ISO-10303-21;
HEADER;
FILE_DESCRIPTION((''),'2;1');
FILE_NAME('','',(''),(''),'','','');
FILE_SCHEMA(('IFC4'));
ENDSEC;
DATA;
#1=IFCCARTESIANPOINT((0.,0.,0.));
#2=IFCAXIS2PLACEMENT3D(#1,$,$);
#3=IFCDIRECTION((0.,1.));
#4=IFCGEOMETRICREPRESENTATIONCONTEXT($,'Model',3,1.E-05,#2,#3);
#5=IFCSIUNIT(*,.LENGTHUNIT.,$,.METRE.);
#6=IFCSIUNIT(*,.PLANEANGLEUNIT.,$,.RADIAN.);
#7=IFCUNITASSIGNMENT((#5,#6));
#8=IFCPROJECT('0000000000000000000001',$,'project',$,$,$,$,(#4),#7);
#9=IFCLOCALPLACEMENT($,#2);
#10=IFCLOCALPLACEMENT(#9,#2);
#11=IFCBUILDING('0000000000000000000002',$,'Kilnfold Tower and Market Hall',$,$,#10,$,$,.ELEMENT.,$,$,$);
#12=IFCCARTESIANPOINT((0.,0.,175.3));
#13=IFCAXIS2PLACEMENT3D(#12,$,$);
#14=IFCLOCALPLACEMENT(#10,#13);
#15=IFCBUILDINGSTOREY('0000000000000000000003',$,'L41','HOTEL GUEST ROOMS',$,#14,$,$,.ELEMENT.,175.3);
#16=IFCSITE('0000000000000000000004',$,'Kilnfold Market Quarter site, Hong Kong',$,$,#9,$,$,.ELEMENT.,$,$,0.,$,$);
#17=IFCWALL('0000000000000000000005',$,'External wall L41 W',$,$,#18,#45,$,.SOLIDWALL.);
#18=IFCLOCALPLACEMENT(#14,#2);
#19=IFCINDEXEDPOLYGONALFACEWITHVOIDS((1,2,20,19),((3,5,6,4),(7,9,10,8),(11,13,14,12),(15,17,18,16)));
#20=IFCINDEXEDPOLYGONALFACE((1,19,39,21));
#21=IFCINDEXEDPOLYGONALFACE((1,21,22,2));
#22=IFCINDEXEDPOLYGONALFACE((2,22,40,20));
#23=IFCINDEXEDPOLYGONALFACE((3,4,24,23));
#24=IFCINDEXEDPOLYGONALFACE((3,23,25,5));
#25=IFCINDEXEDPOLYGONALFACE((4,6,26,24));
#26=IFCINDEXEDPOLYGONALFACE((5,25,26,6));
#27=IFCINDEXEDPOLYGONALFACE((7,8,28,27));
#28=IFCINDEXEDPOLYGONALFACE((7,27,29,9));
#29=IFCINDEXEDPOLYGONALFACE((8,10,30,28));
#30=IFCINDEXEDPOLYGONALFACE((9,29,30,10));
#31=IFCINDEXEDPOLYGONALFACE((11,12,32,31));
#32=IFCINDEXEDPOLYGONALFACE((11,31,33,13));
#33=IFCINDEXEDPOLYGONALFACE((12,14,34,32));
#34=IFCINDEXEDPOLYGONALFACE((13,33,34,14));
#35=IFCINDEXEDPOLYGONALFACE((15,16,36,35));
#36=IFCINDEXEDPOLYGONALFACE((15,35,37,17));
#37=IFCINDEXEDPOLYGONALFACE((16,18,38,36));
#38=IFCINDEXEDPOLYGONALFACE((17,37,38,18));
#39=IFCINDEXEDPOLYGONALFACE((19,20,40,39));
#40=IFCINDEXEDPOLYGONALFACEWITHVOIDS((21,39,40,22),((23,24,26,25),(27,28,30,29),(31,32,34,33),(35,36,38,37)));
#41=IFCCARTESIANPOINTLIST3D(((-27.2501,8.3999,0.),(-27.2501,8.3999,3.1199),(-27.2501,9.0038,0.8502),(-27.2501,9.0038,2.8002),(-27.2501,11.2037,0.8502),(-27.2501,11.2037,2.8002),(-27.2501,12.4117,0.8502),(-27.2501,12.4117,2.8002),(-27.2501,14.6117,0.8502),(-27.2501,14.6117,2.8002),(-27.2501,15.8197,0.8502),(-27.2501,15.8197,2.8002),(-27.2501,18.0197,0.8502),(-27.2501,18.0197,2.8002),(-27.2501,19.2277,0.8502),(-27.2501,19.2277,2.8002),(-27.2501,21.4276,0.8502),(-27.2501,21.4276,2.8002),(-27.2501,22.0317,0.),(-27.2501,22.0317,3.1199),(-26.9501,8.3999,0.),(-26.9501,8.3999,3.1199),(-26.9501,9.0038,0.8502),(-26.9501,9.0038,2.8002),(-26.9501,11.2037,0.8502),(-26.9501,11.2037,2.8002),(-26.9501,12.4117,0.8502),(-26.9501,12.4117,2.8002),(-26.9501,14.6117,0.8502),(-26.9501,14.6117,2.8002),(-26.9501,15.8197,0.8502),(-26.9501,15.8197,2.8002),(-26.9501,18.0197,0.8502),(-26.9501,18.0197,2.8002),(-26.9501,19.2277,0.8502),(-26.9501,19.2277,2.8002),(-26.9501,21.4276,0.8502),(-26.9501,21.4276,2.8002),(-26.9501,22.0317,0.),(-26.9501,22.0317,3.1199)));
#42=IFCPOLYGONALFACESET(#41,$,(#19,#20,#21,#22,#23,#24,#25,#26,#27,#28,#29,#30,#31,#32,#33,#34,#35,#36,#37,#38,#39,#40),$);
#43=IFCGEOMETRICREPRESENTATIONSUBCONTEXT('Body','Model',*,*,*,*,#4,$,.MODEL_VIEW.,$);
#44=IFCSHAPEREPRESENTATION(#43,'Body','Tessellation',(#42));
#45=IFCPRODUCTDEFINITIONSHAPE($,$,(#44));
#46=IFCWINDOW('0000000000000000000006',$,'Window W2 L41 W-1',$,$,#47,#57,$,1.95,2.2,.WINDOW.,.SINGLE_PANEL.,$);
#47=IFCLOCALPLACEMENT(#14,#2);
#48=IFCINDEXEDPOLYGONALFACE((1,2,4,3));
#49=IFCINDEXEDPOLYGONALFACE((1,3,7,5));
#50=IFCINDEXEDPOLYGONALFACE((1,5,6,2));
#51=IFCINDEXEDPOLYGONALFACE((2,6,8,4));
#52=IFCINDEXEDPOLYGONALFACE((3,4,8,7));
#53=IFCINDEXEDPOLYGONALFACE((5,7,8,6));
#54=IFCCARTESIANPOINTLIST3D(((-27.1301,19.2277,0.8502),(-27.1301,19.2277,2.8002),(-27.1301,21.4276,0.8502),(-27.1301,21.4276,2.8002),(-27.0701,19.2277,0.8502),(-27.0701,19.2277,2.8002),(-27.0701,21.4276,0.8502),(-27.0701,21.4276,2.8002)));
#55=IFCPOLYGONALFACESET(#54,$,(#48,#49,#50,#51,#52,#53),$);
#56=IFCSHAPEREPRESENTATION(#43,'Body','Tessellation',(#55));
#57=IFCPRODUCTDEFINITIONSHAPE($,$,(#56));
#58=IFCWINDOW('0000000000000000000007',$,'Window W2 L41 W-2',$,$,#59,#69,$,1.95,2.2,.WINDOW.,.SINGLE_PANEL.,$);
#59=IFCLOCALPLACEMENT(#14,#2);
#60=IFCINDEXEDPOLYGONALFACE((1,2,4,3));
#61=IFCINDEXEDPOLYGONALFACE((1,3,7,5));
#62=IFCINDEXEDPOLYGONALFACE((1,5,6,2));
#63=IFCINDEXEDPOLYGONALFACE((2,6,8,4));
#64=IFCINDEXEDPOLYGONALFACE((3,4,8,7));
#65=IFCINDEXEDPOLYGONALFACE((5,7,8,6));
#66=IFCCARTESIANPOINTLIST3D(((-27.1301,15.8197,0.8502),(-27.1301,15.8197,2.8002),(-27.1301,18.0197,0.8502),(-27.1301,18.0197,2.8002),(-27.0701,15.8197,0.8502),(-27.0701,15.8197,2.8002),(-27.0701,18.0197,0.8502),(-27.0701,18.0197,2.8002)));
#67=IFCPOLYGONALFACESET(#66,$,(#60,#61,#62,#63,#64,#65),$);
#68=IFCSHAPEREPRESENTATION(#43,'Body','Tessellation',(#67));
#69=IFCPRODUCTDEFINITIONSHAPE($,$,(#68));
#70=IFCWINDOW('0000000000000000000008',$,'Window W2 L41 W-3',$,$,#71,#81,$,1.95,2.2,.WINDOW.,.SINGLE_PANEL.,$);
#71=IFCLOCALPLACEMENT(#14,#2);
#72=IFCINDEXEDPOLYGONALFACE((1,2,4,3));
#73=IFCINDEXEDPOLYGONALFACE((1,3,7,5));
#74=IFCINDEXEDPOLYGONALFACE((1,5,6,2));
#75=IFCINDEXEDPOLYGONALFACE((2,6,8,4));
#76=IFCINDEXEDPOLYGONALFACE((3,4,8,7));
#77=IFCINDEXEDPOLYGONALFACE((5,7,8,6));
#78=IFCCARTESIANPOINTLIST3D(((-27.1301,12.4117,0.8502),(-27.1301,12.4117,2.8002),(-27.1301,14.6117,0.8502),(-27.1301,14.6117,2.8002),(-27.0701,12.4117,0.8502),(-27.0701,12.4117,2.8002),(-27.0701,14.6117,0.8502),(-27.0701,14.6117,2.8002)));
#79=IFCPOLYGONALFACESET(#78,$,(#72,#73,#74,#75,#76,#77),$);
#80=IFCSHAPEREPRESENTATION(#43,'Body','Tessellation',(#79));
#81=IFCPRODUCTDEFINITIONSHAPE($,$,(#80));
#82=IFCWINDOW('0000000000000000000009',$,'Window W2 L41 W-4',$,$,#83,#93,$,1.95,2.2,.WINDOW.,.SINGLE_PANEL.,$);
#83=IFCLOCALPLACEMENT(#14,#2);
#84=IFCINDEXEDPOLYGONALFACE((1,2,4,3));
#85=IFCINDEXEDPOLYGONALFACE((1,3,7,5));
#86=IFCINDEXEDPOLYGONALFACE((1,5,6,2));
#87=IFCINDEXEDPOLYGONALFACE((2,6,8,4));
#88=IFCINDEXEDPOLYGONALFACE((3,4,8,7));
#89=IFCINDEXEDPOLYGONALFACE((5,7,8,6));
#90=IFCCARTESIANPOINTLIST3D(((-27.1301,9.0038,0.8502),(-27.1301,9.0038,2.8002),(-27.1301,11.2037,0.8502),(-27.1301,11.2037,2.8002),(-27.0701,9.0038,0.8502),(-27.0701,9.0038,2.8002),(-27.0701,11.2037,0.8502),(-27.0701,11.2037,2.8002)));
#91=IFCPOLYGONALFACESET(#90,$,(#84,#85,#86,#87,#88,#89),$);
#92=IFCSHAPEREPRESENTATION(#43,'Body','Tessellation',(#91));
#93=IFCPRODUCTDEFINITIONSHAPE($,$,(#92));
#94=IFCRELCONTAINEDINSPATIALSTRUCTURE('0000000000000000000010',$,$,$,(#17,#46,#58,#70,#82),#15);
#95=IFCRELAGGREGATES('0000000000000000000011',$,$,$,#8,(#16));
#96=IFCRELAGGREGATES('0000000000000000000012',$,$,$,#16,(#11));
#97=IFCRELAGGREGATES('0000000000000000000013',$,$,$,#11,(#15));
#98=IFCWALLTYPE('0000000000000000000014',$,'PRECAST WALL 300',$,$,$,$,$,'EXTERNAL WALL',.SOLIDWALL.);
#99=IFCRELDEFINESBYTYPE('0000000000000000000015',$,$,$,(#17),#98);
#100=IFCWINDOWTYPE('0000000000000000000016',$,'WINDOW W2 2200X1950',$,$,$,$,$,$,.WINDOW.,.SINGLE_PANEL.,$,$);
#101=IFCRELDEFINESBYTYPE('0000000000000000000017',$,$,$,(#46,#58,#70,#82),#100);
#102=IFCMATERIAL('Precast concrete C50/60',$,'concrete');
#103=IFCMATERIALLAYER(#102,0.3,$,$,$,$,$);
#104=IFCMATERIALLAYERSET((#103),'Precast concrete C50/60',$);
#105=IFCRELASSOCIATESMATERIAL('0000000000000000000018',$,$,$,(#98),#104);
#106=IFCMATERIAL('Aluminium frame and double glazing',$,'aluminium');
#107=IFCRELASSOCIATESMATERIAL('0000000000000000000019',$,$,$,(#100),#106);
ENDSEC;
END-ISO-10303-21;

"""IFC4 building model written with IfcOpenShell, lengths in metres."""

from ifc_helpers import new_model, si_unit, direction, frame, frame_2d, origin, place, context, subcontext, project, spatial, rectangle, extrude, source, transform, mapped, material, layer, layer_set, type_object, element, fill, save


model = new_model("IFC4")

# Units and contexts
model_context = context("Model", 3, precision=1e-05, world=origin(), true_north=direction((0.0, 1.0)))
body_context = subcontext(model_context, "Body", "Model", "MODEL_VIEW")
ifc_project = project(units=[si_unit("LENGTHUNIT", "METRE"), si_unit("PLANEANGLEUNIT", "RADIAN")], contexts=[model_context])

# Site, building, storey
site_placement = place(None, origin())
site = spatial("IfcSite", under=ifc_project, at=site_placement, Name="Kilnfold Market Quarter site, Hong Kong", CompositionType="ELEMENT", RefElevation=0.0)
building_placement = place(site_placement, origin())
building = spatial("IfcBuilding", under=site, at=building_placement, Name="Kilnfold Tower and Market Hall", CompositionType="ELEMENT")
storey_placement = place(building_placement, frame((0.0, 0.0, 175.3)))
storey = spatial("IfcBuildingStorey", under=building, at=storey_placement, Name="L41", Description="HOTEL GUEST ROOMS", CompositionType="ELEMENT", Elevation=175.3)

# Shared definitions
ifc_material_1 = material(Name="Precast concrete C50/60", Category="concrete")
ifc_layer = layer(ifc_material_1, 0.3)
ifc_layer_set = layer_set([ifc_layer], Name="Precast concrete C50/60")
wall_type = type_object("IfcWallType", Name="PRECAST WALL 300", ElementType="EXTERNAL WALL", PredefinedType="SOLIDWALL", material=ifc_layer_set)
ifc_material_2 = material(Name="Aluminium frame and double glazing", Category="aluminium")
window_type = type_object("IfcWindowType", Name="WINDOW W2 2200X1950", PartitioningType="SINGLE_PANEL", PredefinedType="WINDOW", material=ifc_material_2)

# Wall, openings, windows
shared_shape_1 = source(origin(), body_context, "Body", "SweptSolid", [
    extrude(rectangle(XDim=13.6318, YDim=0.3, at=frame_2d((6.8159, 0.0))), origin(), (0.0, 0.0, 1.0), 3.1199),
])
wall_1_placement = place(storey_placement, frame((-27.1001, 22.0317, 0.0), z_axis=(0.0, 0.0, 1.0), x_axis=(0.0, -1.0, 0.0)))
wall_1 = element("IfcWall", 1, at=wall_1_placement, inside=storey, type_object=wall_type, Name="External wall L41 W", PredefinedType="SOLIDWALL", context=body_context, shape_type="MappedRepresentation", body=[
    mapped(shared_shape_1, transform((0.0, 0.0, 0.0))),
])
opening_1_placement = place(wall_1_placement, frame((0.604, 0.0, 0.8501)))
opening_1 = element("IfcOpeningElement", 2, at=opening_1_placement, cuts=wall_1, PredefinedType="OPENING", context=body_context, shape_type="SweptSolid", body=[
    extrude(rectangle(XDim=2.2, YDim=1.95, at=frame_2d((1.1001, 0.9751))), frame((0.0, 0.1602, 0.0), z_axis=(0.0, -1.0, 0.0), x_axis=(1.0, 0.0, 0.0)), (0.0, 0.0, 1.0), 0.3201),
])
opening_2_placement = place(wall_1_placement, frame((4.012, 0.0, 0.8501)))
opening_2 = element("IfcOpeningElement", 3, at=opening_2_placement, cuts=wall_1, PredefinedType="OPENING", context=body_context, shape_type="SweptSolid", body=[
    extrude(rectangle(XDim=2.2, YDim=1.95, at=frame_2d((1.1001, 0.9751))), frame((0.0, 0.1602, 0.0), z_axis=(0.0, -1.0, 0.0), x_axis=(1.0, 0.0, 0.0)), (0.0, 0.0, 1.0), 0.3201),
])
opening_3_placement = place(wall_1_placement, frame((7.4199, 0.0, 0.8501)))
opening_3 = element("IfcOpeningElement", 4, at=opening_3_placement, cuts=wall_1, PredefinedType="OPENING", context=body_context, shape_type="SweptSolid", body=[
    extrude(rectangle(XDim=2.2, YDim=1.95, at=frame_2d((1.1001, 0.9751))), frame((0.0, 0.1602, 0.0), z_axis=(0.0, -1.0, 0.0), x_axis=(1.0, 0.0, 0.0)), (0.0, 0.0, 1.0), 0.3201),
])
opening_4_placement = place(wall_1_placement, frame((10.8279, 0.0, 0.8501)))
opening_4 = element("IfcOpeningElement", 5, at=opening_4_placement, cuts=wall_1, PredefinedType="OPENING", context=body_context, shape_type="SweptSolid", body=[
    extrude(rectangle(XDim=2.2, YDim=1.95, at=frame_2d((1.1001, 0.9751))), frame((0.0, 0.1602, 0.0), z_axis=(0.0, -1.0, 0.0), x_axis=(1.0, 0.0, 0.0)), (0.0, 0.0, 1.0), 0.3201),
])
window_1_placement = place(opening_1_placement, origin())
window_1 = element("IfcWindow", 6, at=window_1_placement, inside=storey, type_object=window_type, Name="Window W2 L41 W-1", OverallHeight=1.95, OverallWidth=2.2, PartitioningType="SINGLE_PANEL", PredefinedType="WINDOW", context=body_context, shape_type="SweptSolid", body=[
    extrude(rectangle(XDim=2.2, YDim=1.95, at=frame_2d((1.1001, 0.9751))), frame((0.0, 0.03, 0.0), z_axis=(0.0, -1.0, 0.0), x_axis=(1.0, 0.0, 0.0)), (0.0, 0.0, 1.0), 0.0601),
])
fill(opening_1, window_1)
window_2_placement = place(opening_2_placement, origin())
window_2 = element("IfcWindow", 7, at=window_2_placement, inside=storey, type_object=window_type, Name="Window W2 L41 W-2", OverallHeight=1.95, OverallWidth=2.2, PartitioningType="SINGLE_PANEL", PredefinedType="WINDOW", context=body_context, shape_type="SweptSolid", body=[
    extrude(rectangle(XDim=2.2, YDim=1.95, at=frame_2d((1.1001, 0.9751))), frame((0.0, 0.03, 0.0), z_axis=(0.0, -1.0, 0.0), x_axis=(1.0, 0.0, 0.0)), (0.0, 0.0, 1.0), 0.0601),
])
fill(opening_2, window_2)
window_3_placement = place(opening_3_placement, origin())
window_3 = element("IfcWindow", 8, at=window_3_placement, inside=storey, type_object=window_type, Name="Window W2 L41 W-3", OverallHeight=1.95, OverallWidth=2.2, PartitioningType="SINGLE_PANEL", PredefinedType="WINDOW", context=body_context, shape_type="SweptSolid", body=[
    extrude(rectangle(XDim=2.2, YDim=1.95, at=frame_2d((1.1001, 0.9751))), frame((0.0, 0.03, 0.0), z_axis=(0.0, -1.0, 0.0), x_axis=(1.0, 0.0, 0.0)), (0.0, 0.0, 1.0), 0.0601),
])
fill(opening_3, window_3)
window_4_placement = place(opening_4_placement, origin())
window_4 = element("IfcWindow", 9, at=window_4_placement, inside=storey, type_object=window_type, Name="Window W2 L41 W-4", OverallHeight=1.95, OverallWidth=2.2, PartitioningType="SINGLE_PANEL", PredefinedType="WINDOW", context=body_context, shape_type="SweptSolid", body=[
    extrude(rectangle(XDim=2.2, YDim=1.95, at=frame_2d((1.1001, 0.9751))), frame((0.0, 0.03, 0.0), z_axis=(0.0, -1.0, 0.0), x_axis=(1.0, 0.0, 0.0)), (0.0, 0.0, 1.0), 0.0601),
])
fill(opening_4, window_4)

save(model, "model.ifc")
